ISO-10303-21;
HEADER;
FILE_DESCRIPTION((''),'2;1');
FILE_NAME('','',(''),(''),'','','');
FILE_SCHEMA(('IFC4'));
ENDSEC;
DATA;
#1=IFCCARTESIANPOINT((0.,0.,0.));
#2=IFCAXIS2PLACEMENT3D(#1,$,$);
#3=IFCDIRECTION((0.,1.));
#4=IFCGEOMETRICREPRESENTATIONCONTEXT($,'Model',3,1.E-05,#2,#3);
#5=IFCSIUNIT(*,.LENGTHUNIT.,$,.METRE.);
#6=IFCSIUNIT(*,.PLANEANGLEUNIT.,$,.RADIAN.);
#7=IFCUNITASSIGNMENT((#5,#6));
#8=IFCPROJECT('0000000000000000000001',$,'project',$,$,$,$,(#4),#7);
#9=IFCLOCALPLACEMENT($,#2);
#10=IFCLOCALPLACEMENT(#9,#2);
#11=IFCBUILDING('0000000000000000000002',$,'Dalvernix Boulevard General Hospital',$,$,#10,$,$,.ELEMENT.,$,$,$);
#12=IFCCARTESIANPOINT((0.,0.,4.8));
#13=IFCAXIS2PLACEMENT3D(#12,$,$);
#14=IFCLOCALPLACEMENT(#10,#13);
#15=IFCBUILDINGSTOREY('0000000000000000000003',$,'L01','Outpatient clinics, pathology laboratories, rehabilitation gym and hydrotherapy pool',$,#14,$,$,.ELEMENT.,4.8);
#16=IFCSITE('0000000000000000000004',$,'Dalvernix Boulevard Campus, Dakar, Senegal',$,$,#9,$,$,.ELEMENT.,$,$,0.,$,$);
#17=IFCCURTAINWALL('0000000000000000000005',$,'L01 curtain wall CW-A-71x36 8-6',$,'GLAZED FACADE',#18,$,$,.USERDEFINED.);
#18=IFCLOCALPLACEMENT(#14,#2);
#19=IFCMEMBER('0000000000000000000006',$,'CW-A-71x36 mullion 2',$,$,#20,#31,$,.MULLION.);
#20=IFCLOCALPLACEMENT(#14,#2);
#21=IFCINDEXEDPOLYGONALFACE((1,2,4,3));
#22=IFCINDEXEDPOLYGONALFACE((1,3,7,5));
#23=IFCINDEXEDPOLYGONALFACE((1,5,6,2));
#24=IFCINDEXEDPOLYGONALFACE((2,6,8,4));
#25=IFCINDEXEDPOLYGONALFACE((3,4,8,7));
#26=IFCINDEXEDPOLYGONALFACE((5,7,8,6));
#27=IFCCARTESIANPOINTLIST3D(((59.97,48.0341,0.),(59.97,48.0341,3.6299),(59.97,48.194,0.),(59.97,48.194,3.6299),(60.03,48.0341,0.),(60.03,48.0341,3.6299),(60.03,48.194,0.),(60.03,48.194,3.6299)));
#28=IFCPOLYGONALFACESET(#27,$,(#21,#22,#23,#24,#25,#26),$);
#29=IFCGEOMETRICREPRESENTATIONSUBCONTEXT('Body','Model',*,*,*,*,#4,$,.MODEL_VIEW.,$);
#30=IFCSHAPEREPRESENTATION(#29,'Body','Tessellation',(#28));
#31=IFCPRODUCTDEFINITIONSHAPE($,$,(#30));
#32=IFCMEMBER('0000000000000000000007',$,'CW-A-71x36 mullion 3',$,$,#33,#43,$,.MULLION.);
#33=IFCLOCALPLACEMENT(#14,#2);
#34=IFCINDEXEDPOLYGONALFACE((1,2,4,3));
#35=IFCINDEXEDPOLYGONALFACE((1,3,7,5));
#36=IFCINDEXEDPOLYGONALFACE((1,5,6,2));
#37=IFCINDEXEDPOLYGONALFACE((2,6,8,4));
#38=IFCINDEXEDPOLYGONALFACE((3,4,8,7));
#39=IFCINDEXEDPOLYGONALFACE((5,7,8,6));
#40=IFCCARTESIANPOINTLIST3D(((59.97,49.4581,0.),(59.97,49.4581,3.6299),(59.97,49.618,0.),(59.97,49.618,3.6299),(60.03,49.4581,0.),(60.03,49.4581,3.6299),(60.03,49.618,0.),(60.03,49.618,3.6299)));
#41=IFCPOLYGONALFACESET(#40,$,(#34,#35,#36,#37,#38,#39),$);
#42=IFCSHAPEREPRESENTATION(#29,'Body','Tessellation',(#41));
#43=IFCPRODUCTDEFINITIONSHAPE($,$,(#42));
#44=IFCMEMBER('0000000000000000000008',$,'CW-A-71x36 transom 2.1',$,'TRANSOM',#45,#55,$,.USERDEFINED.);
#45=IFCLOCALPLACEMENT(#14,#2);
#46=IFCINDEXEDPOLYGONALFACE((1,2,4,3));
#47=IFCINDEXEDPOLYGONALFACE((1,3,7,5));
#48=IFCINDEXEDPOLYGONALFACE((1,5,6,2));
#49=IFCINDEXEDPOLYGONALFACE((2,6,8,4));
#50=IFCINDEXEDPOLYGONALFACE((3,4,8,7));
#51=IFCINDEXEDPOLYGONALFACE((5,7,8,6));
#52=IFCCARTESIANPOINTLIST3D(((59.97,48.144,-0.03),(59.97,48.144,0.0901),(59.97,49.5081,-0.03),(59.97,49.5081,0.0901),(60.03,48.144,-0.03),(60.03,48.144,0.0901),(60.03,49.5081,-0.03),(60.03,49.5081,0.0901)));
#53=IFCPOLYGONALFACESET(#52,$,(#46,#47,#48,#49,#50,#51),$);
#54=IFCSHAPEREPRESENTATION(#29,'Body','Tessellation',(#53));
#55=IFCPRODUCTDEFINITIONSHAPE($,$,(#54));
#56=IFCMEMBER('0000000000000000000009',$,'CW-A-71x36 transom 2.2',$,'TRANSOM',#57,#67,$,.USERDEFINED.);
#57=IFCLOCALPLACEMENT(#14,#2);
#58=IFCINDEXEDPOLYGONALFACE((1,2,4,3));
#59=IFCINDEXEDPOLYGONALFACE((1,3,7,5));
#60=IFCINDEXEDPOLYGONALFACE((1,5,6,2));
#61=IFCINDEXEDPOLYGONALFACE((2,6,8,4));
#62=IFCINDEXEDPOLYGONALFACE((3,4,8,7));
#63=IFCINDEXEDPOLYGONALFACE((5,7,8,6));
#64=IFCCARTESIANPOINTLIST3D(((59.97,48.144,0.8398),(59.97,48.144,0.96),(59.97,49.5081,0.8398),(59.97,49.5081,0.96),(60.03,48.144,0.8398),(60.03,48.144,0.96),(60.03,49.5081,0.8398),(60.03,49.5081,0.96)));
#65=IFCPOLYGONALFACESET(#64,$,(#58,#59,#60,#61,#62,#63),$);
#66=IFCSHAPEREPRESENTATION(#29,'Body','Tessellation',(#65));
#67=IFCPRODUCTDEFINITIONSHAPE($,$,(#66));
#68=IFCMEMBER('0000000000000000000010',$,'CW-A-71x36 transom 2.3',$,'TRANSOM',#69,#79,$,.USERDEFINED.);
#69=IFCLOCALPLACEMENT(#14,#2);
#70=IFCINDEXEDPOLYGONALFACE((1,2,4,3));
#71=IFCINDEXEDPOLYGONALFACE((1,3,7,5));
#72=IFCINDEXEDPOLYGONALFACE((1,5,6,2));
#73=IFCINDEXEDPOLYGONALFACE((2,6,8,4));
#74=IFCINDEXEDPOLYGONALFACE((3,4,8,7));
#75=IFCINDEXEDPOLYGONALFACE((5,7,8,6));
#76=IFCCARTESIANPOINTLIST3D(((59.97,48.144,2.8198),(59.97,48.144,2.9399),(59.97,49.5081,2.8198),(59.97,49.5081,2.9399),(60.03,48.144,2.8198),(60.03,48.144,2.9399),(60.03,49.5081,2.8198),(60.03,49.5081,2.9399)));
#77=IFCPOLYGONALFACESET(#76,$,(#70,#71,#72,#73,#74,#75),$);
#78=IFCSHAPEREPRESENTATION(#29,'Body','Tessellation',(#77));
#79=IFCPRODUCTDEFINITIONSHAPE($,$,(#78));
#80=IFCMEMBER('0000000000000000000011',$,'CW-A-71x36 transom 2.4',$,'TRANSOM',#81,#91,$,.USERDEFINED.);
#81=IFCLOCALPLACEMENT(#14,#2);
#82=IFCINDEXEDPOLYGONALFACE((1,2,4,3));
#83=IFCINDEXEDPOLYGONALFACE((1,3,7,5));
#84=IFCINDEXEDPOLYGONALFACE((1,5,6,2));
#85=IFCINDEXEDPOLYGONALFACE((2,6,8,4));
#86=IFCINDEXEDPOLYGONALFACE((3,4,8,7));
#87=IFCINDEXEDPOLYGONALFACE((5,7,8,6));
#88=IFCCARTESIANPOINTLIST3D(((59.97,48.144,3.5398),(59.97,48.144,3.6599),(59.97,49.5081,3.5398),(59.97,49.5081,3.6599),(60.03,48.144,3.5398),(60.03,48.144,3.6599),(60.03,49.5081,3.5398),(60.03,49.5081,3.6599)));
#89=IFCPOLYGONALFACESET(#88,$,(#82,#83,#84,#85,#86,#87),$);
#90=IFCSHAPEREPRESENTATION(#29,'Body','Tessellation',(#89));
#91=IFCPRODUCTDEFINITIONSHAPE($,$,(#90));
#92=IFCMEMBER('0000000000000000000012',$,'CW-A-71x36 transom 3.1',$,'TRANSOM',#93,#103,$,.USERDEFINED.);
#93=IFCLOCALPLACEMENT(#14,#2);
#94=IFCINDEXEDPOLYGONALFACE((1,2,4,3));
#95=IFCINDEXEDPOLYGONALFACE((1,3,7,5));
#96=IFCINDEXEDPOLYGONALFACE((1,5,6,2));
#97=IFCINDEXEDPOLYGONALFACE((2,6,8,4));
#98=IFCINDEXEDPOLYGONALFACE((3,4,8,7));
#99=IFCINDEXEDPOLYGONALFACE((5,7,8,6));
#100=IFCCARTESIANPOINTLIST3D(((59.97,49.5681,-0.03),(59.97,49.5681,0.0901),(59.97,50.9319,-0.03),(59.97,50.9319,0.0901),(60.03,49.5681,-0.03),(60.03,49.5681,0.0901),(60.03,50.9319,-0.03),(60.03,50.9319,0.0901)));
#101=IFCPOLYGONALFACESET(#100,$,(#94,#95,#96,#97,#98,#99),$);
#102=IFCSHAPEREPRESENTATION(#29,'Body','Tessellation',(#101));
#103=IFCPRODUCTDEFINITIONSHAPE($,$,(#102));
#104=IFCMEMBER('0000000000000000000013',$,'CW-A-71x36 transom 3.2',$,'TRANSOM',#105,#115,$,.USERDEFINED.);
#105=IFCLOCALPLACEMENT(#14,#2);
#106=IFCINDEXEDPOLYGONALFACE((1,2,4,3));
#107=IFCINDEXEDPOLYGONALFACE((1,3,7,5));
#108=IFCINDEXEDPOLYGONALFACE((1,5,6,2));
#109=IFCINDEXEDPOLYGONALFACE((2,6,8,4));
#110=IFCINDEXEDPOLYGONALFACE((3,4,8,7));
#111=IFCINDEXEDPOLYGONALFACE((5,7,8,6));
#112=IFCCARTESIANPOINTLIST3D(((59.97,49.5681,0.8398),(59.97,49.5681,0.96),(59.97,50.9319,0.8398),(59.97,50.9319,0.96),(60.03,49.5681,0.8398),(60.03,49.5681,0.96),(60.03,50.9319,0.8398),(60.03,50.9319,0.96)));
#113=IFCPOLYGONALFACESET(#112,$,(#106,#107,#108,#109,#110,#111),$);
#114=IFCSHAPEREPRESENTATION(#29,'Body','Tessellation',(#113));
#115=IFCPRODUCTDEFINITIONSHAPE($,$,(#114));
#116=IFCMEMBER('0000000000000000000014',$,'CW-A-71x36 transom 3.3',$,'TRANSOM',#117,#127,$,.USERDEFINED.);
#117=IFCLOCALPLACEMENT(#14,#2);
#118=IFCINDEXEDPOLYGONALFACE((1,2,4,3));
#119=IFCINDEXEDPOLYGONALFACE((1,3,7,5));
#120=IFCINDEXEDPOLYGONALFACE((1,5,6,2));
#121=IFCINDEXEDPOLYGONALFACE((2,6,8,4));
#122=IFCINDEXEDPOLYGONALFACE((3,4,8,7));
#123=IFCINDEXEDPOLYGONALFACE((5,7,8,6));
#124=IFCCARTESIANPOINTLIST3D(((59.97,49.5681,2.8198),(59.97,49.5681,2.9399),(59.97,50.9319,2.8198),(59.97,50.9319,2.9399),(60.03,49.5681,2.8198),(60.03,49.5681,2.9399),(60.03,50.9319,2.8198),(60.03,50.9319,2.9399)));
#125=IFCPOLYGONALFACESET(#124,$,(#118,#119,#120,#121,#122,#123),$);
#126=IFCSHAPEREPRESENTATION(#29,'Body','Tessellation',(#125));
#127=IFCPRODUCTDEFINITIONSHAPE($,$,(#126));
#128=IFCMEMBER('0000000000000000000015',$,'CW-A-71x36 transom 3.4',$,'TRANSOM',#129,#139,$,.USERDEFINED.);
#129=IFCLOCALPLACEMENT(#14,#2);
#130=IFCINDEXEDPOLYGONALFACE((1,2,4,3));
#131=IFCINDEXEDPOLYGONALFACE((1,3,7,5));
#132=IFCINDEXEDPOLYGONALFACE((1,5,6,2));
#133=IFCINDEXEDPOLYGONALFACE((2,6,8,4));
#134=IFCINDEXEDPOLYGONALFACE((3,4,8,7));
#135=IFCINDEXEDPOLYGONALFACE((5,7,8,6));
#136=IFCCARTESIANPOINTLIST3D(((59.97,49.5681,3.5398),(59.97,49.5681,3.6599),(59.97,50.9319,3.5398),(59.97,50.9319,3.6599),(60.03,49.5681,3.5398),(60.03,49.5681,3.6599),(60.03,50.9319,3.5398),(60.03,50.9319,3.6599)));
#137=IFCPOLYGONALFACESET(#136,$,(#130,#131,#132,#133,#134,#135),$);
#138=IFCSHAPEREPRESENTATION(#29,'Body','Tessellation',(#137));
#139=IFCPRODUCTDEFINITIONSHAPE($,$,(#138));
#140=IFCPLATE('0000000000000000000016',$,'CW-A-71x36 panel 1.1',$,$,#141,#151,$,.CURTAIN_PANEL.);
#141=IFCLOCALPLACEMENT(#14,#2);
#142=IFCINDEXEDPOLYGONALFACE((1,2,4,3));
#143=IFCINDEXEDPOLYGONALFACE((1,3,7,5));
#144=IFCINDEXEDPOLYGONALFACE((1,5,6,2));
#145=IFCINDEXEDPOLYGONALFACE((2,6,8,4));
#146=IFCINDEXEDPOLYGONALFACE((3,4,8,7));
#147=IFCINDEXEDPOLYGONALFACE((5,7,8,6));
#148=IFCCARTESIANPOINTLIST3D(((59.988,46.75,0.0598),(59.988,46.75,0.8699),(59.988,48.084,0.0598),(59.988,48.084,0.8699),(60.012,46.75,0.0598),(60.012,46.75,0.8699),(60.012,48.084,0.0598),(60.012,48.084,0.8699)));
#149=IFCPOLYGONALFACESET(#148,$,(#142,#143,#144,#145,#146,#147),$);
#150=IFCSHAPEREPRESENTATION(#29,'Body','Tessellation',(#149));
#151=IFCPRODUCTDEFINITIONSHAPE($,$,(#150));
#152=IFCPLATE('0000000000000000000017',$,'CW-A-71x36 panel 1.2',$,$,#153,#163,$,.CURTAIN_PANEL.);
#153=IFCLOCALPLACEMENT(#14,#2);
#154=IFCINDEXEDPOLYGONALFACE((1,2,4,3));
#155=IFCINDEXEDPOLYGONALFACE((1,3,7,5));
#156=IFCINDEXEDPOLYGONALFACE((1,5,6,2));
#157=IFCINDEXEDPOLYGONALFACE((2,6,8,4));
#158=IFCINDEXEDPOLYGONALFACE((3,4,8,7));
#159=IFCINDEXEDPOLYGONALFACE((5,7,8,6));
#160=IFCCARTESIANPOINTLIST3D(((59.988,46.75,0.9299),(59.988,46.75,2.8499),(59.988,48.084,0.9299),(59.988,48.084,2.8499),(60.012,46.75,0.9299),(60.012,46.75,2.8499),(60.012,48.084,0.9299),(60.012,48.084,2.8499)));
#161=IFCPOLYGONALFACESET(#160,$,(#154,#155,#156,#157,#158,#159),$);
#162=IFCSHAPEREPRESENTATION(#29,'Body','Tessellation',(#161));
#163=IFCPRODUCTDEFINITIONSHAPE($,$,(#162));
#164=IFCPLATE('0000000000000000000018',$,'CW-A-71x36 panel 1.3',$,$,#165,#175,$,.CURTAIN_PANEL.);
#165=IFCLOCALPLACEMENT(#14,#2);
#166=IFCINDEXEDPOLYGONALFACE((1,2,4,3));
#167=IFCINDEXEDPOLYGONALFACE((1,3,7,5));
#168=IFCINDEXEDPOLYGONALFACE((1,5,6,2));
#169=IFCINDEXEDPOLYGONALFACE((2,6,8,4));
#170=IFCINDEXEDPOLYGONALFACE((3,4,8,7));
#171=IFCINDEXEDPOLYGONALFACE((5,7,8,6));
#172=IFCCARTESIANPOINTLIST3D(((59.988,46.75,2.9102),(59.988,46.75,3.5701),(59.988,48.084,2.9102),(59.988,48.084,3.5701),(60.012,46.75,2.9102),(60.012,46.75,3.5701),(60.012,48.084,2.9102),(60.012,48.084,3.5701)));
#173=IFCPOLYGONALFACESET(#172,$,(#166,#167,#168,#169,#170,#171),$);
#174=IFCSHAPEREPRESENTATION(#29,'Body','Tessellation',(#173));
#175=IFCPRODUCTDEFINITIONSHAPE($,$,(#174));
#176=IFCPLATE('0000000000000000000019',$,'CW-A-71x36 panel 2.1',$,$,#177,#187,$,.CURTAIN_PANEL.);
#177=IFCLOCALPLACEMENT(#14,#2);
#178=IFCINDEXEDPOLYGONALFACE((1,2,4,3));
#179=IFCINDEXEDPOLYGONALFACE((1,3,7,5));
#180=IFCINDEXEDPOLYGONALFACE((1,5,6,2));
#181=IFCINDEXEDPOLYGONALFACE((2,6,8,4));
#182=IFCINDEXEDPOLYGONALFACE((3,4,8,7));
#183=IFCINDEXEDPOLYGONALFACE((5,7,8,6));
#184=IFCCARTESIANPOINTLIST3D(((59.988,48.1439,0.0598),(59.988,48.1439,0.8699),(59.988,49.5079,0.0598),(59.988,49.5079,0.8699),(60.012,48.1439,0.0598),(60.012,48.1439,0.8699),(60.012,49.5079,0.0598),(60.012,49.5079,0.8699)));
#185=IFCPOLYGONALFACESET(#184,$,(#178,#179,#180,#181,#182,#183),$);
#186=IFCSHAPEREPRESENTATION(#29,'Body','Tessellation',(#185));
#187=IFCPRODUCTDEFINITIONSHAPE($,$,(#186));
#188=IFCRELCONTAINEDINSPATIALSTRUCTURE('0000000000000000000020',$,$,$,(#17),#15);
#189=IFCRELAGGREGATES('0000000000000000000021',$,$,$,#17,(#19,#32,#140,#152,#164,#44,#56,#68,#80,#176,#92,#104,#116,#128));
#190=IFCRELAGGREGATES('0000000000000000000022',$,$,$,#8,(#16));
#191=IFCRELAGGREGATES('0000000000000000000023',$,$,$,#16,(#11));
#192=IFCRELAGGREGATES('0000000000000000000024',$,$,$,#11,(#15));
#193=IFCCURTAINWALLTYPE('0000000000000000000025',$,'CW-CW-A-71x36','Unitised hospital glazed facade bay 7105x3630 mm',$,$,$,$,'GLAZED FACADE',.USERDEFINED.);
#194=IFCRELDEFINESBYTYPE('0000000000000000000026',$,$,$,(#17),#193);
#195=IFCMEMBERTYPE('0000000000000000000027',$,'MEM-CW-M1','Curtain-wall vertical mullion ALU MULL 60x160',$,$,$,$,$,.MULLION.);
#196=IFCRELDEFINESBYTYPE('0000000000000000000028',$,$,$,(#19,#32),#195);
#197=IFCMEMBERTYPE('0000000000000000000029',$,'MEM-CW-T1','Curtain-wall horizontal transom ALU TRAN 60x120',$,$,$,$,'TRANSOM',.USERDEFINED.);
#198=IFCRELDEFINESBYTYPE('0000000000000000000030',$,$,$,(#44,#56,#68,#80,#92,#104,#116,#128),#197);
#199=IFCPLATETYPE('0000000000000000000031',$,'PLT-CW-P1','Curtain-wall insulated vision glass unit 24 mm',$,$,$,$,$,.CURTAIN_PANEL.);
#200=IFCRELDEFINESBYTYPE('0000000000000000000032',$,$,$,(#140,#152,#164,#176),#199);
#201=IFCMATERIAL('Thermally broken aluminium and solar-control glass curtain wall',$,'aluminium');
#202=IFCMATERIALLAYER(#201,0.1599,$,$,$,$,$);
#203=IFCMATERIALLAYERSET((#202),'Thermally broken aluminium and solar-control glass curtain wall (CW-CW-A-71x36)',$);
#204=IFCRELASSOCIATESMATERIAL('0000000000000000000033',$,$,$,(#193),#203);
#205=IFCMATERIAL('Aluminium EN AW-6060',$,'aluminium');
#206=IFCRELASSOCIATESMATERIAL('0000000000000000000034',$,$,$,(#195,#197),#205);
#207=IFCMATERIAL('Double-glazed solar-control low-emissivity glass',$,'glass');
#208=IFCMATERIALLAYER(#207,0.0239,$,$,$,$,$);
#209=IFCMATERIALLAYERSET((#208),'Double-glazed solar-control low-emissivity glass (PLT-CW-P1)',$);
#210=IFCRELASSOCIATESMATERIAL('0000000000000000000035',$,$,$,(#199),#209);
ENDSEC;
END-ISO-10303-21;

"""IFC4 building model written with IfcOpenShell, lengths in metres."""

from ifc_helpers import new_model, si_unit, direction, frame, origin, origin_2d, place, context, subcontext, project, spatial, rectangle, extrude, material, layer, layer_set, material_profile, profile_set, type_object, element, aggregate, save


model = new_model("IFC4")

# Units and contexts
model_context = context("Model", 3, precision=1e-05, world=origin(), true_north=direction((0.0, 1.0)))
body_context = subcontext(model_context, "Body", "Model", "MODEL_VIEW")
ifc_project = project(units=[si_unit("LENGTHUNIT", "METRE"), si_unit("PLANEANGLEUNIT", "RADIAN")], contexts=[model_context])

# Site, building, storey
site_placement = place(None, origin())
site = spatial("IfcSite", under=ifc_project, at=site_placement, Name="Dalvernix Boulevard Campus, Dakar, Senegal", CompositionType="ELEMENT", RefElevation=0.0)
building_placement = place(site_placement, origin())
building = spatial("IfcBuilding", under=site, at=building_placement, Name="Dalvernix Boulevard General Hospital", CompositionType="ELEMENT")
storey_placement = place(building_placement, frame((0.0, 0.0, 4.8)))
storey = spatial("IfcBuildingStorey", under=building, at=storey_placement, Name="L01", Description="Outpatient clinics, pathology laboratories, rehabilitation gym and hydrotherapy pool", CompositionType="ELEMENT", Elevation=4.8)

# Curtain wall, members, plates
ifc_material_1 = material(Name="Thermally broken aluminium and solar-control glass curtain wall", Category="aluminium")
ifc_layer_1 = layer(ifc_material_1, 0.1599)
ifc_layer_set_1 = layer_set([ifc_layer_1], Name="Thermally broken aluminium and solar-control glass curtain wall (CW-CW-A-71x36)")
curtain_wall_type = type_object("IfcCurtainWallType", Name="CW-CW-A-71x36", Description="Unitised hospital glazed facade bay 7105x3630 mm", ElementType="GLAZED FACADE", PredefinedType="USERDEFINED", material=ifc_layer_set_1)
curtain_wall_placement = place(storey_placement, origin())
curtain_wall = element("IfcCurtainWall", 1, at=curtain_wall_placement, inside=storey, type_object=curtain_wall_type, Name="L01 curtain wall CW-A-71x36 8-6", ObjectType="GLAZED FACADE", PredefinedType="USERDEFINED")
ifc_material_2 = material(Name="Aluminium EN AW-6060", Category="aluminium")
ifc_material_profile_1 = material_profile(ifc_material_2, rectangle(XDim=0.0601, YDim=0.1599, at=origin_2d()), Name="ALU MULL 60x160")
ifc_profile_set_1 = profile_set([ifc_material_profile_1], Name="Aluminium EN AW-6060")
member_type_1 = type_object("IfcMemberType", Name="MEM-CW-M1", Description="Curtain-wall vertical mullion ALU MULL 60x160", PredefinedType="MULLION", material=ifc_profile_set_1)
member_1_placement = place(storey_placement, frame((60.0, 48.114, 0.0), z_axis=(0.0, 0.0, 1.0), x_axis=(-1.0, 0.0, 0.0)))
member_1 = element("IfcMember", 2, at=member_1_placement, type_object=member_type_1, Name="CW-A-71x36 mullion 2", PredefinedType="MULLION", context=body_context, shape_type="SweptSolid", body=[
    extrude(rectangle(XDim=0.0601, YDim=0.1599, at=origin_2d()), origin(), (0.0, 0.0, 1.0), 3.6299),
])
member_2_placement = place(storey_placement, frame((60.0, 49.5381, 0.0), z_axis=(0.0, 0.0, 1.0), x_axis=(-1.0, 0.0, 0.0)))
member_2 = element("IfcMember", 3, at=member_2_placement, type_object=member_type_1, Name="CW-A-71x36 mullion 3", PredefinedType="MULLION", context=body_context, shape_type="SweptSolid", body=[
    extrude(rectangle(XDim=0.0601, YDim=0.1599, at=origin_2d()), origin(), (0.0, 0.0, 1.0), 3.6299),
])
ifc_material_profile_2 = material_profile(ifc_material_2, rectangle(XDim=0.0601, YDim=0.1201, at=origin_2d()), Name="ALU TRAN 60x120")
ifc_profile_set_2 = profile_set([ifc_material_profile_2], Name="Aluminium EN AW-6060")
member_type_2 = type_object("IfcMemberType", Name="MEM-CW-T1", Description="Curtain-wall horizontal transom ALU TRAN 60x120", ElementType="TRANSOM", PredefinedType="USERDEFINED", material=ifc_profile_set_2)
member_3_placement = place(storey_placement, frame((60.0, 48.144, 0.03), z_axis=(0.0, 1.0, 0.0), x_axis=(-1.0, 0.0, 0.0)))
member_3 = element("IfcMember", 4, at=member_3_placement, type_object=member_type_2, Name="CW-A-71x36 transom 2.1", ObjectType="TRANSOM", PredefinedType="USERDEFINED", context=body_context, shape_type="SweptSolid", body=[
    extrude(rectangle(XDim=0.0601, YDim=0.1201, at=origin_2d()), origin(), (0.0, 0.0, 1.0), 1.364),
])
member_4_placement = place(storey_placement, frame((60.0, 48.144, 0.8999), z_axis=(0.0, 1.0, 0.0), x_axis=(-1.0, 0.0, 0.0)))
member_4 = element("IfcMember", 5, at=member_4_placement, type_object=member_type_2, Name="CW-A-71x36 transom 2.2", ObjectType="TRANSOM", PredefinedType="USERDEFINED", context=body_context, shape_type="SweptSolid", body=[
    extrude(rectangle(XDim=0.0601, YDim=0.1201, at=origin_2d()), origin(), (0.0, 0.0, 1.0), 1.364),
])
member_5_placement = place(storey_placement, frame((60.0, 48.144, 2.8799), z_axis=(0.0, 1.0, 0.0), x_axis=(-1.0, 0.0, 0.0)))
member_5 = element("IfcMember", 6, at=member_5_placement, type_object=member_type_2, Name="CW-A-71x36 transom 2.3", ObjectType="TRANSOM", PredefinedType="USERDEFINED", context=body_context, shape_type="SweptSolid", body=[
    extrude(rectangle(XDim=0.0601, YDim=0.1201, at=origin_2d()), origin(), (0.0, 0.0, 1.0), 1.364),
])
member_6_placement = place(storey_placement, frame((60.0, 48.144, 3.5999), z_axis=(0.0, 1.0, 0.0), x_axis=(-1.0, 0.0, 0.0)))
member_6 = element("IfcMember", 7, at=member_6_placement, type_object=member_type_2, Name="CW-A-71x36 transom 2.4", ObjectType="TRANSOM", PredefinedType="USERDEFINED", context=body_context, shape_type="SweptSolid", body=[
    extrude(rectangle(XDim=0.0601, YDim=0.1201, at=origin_2d()), origin(), (0.0, 0.0, 1.0), 1.364),
])
member_7_placement = place(storey_placement, frame((60.0, 49.5681, 0.03), z_axis=(0.0, 1.0, 0.0), x_axis=(-1.0, 0.0, 0.0)))
member_7 = element("IfcMember", 8, at=member_7_placement, type_object=member_type_2, Name="CW-A-71x36 transom 3.1", ObjectType="TRANSOM", PredefinedType="USERDEFINED", context=body_context, shape_type="SweptSolid", body=[
    extrude(rectangle(XDim=0.0601, YDim=0.1201, at=origin_2d()), origin(), (0.0, 0.0, 1.0), 1.3638),
])
member_8_placement = place(storey_placement, frame((60.0, 49.5681, 0.8999), z_axis=(0.0, 1.0, 0.0), x_axis=(-1.0, 0.0, 0.0)))
member_8 = element("IfcMember", 9, at=member_8_placement, type_object=member_type_2, Name="CW-A-71x36 transom 3.2", ObjectType="TRANSOM", PredefinedType="USERDEFINED", context=body_context, shape_type="SweptSolid", body=[
    extrude(rectangle(XDim=0.0601, YDim=0.1201, at=origin_2d()), origin(), (0.0, 0.0, 1.0), 1.3638),
])
member_9_placement = place(storey_placement, frame((60.0, 49.5681, 2.8799), z_axis=(0.0, 1.0, 0.0), x_axis=(-1.0, 0.0, 0.0)))
member_9 = element("IfcMember", 10, at=member_9_placement, type_object=member_type_2, Name="CW-A-71x36 transom 3.3", ObjectType="TRANSOM", PredefinedType="USERDEFINED", context=body_context, shape_type="SweptSolid", body=[
    extrude(rectangle(XDim=0.0601, YDim=0.1201, at=origin_2d()), origin(), (0.0, 0.0, 1.0), 1.3638),
])
member_10_placement = place(storey_placement, frame((60.0, 49.5681, 3.5999), z_axis=(0.0, 1.0, 0.0), x_axis=(-1.0, 0.0, 0.0)))
member_10 = element("IfcMember", 11, at=member_10_placement, type_object=member_type_2, Name="CW-A-71x36 transom 3.4", ObjectType="TRANSOM", PredefinedType="USERDEFINED", context=body_context, shape_type="SweptSolid", body=[
    extrude(rectangle(XDim=0.0601, YDim=0.1201, at=origin_2d()), origin(), (0.0, 0.0, 1.0), 1.3638),
])
ifc_material_3 = material(Name="Double-glazed solar-control low-emissivity glass", Category="glass")
ifc_layer_2 = layer(ifc_material_3, 0.0239)
ifc_layer_set_2 = layer_set([ifc_layer_2], Name="Double-glazed solar-control low-emissivity glass (PLT-CW-P1)")
plate_type = type_object("IfcPlateType", Name="PLT-CW-P1", Description="Curtain-wall insulated vision glass unit 24 mm", PredefinedType="CURTAIN_PANEL", material=ifc_layer_set_2)
plate_1_placement = place(storey_placement, frame((60.0, 47.417, 0.0598), z_axis=(0.0, 0.0, 1.0), x_axis=(0.0, 1.0, 0.0)))
plate_1 = element("IfcPlate", 12, at=plate_1_placement, type_object=plate_type, Name="CW-A-71x36 panel 1.1", PredefinedType="CURTAIN_PANEL", context=body_context, shape_type="SweptSolid", body=[
    extrude(rectangle(XDim=1.334, YDim=0.0239, at=origin_2d()), origin(), (0.0, 0.0, 1.0), 0.8101),
])
plate_2_placement = place(storey_placement, frame((60.0, 47.417, 0.9299), z_axis=(0.0, 0.0, 1.0), x_axis=(0.0, 1.0, 0.0)))
plate_2 = element("IfcPlate", 13, at=plate_2_placement, type_object=plate_type, Name="CW-A-71x36 panel 1.2", PredefinedType="CURTAIN_PANEL", context=body_context, shape_type="SweptSolid", body=[
    extrude(rectangle(XDim=1.334, YDim=0.0239, at=origin_2d()), origin(), (0.0, 0.0, 1.0), 1.9199),
])
plate_3_placement = place(storey_placement, frame((60.0, 47.417, 2.9102), z_axis=(0.0, 0.0, 1.0), x_axis=(0.0, 1.0, 0.0)))
plate_3 = element("IfcPlate", 14, at=plate_3_placement, type_object=plate_type, Name="CW-A-71x36 panel 1.3", PredefinedType="CURTAIN_PANEL", context=body_context, shape_type="SweptSolid", body=[
    extrude(rectangle(XDim=1.334, YDim=0.0239, at=origin_2d()), origin(), (0.0, 0.0, 1.0), 0.6599),
])
plate_4_placement = place(storey_placement, frame((60.0, 48.8259, 0.0598), z_axis=(0.0, 0.0, 1.0), x_axis=(0.0, 1.0, 0.0)))
plate_4 = element("IfcPlate", 15, at=plate_4_placement, type_object=plate_type, Name="CW-A-71x36 panel 2.1", PredefinedType="CURTAIN_PANEL", context=body_context, shape_type="SweptSolid", body=[
    extrude(rectangle(XDim=1.364, YDim=0.0239, at=origin_2d()), origin(), (0.0, 0.0, 1.0), 0.8101),
])
aggregate(curtain_wall, [member_1, member_2, plate_1, plate_2, plate_3, member_3, member_4, member_5, member_6, plate_4, member_7, member_8, member_9, member_10])

save(model, "model.ifc")
